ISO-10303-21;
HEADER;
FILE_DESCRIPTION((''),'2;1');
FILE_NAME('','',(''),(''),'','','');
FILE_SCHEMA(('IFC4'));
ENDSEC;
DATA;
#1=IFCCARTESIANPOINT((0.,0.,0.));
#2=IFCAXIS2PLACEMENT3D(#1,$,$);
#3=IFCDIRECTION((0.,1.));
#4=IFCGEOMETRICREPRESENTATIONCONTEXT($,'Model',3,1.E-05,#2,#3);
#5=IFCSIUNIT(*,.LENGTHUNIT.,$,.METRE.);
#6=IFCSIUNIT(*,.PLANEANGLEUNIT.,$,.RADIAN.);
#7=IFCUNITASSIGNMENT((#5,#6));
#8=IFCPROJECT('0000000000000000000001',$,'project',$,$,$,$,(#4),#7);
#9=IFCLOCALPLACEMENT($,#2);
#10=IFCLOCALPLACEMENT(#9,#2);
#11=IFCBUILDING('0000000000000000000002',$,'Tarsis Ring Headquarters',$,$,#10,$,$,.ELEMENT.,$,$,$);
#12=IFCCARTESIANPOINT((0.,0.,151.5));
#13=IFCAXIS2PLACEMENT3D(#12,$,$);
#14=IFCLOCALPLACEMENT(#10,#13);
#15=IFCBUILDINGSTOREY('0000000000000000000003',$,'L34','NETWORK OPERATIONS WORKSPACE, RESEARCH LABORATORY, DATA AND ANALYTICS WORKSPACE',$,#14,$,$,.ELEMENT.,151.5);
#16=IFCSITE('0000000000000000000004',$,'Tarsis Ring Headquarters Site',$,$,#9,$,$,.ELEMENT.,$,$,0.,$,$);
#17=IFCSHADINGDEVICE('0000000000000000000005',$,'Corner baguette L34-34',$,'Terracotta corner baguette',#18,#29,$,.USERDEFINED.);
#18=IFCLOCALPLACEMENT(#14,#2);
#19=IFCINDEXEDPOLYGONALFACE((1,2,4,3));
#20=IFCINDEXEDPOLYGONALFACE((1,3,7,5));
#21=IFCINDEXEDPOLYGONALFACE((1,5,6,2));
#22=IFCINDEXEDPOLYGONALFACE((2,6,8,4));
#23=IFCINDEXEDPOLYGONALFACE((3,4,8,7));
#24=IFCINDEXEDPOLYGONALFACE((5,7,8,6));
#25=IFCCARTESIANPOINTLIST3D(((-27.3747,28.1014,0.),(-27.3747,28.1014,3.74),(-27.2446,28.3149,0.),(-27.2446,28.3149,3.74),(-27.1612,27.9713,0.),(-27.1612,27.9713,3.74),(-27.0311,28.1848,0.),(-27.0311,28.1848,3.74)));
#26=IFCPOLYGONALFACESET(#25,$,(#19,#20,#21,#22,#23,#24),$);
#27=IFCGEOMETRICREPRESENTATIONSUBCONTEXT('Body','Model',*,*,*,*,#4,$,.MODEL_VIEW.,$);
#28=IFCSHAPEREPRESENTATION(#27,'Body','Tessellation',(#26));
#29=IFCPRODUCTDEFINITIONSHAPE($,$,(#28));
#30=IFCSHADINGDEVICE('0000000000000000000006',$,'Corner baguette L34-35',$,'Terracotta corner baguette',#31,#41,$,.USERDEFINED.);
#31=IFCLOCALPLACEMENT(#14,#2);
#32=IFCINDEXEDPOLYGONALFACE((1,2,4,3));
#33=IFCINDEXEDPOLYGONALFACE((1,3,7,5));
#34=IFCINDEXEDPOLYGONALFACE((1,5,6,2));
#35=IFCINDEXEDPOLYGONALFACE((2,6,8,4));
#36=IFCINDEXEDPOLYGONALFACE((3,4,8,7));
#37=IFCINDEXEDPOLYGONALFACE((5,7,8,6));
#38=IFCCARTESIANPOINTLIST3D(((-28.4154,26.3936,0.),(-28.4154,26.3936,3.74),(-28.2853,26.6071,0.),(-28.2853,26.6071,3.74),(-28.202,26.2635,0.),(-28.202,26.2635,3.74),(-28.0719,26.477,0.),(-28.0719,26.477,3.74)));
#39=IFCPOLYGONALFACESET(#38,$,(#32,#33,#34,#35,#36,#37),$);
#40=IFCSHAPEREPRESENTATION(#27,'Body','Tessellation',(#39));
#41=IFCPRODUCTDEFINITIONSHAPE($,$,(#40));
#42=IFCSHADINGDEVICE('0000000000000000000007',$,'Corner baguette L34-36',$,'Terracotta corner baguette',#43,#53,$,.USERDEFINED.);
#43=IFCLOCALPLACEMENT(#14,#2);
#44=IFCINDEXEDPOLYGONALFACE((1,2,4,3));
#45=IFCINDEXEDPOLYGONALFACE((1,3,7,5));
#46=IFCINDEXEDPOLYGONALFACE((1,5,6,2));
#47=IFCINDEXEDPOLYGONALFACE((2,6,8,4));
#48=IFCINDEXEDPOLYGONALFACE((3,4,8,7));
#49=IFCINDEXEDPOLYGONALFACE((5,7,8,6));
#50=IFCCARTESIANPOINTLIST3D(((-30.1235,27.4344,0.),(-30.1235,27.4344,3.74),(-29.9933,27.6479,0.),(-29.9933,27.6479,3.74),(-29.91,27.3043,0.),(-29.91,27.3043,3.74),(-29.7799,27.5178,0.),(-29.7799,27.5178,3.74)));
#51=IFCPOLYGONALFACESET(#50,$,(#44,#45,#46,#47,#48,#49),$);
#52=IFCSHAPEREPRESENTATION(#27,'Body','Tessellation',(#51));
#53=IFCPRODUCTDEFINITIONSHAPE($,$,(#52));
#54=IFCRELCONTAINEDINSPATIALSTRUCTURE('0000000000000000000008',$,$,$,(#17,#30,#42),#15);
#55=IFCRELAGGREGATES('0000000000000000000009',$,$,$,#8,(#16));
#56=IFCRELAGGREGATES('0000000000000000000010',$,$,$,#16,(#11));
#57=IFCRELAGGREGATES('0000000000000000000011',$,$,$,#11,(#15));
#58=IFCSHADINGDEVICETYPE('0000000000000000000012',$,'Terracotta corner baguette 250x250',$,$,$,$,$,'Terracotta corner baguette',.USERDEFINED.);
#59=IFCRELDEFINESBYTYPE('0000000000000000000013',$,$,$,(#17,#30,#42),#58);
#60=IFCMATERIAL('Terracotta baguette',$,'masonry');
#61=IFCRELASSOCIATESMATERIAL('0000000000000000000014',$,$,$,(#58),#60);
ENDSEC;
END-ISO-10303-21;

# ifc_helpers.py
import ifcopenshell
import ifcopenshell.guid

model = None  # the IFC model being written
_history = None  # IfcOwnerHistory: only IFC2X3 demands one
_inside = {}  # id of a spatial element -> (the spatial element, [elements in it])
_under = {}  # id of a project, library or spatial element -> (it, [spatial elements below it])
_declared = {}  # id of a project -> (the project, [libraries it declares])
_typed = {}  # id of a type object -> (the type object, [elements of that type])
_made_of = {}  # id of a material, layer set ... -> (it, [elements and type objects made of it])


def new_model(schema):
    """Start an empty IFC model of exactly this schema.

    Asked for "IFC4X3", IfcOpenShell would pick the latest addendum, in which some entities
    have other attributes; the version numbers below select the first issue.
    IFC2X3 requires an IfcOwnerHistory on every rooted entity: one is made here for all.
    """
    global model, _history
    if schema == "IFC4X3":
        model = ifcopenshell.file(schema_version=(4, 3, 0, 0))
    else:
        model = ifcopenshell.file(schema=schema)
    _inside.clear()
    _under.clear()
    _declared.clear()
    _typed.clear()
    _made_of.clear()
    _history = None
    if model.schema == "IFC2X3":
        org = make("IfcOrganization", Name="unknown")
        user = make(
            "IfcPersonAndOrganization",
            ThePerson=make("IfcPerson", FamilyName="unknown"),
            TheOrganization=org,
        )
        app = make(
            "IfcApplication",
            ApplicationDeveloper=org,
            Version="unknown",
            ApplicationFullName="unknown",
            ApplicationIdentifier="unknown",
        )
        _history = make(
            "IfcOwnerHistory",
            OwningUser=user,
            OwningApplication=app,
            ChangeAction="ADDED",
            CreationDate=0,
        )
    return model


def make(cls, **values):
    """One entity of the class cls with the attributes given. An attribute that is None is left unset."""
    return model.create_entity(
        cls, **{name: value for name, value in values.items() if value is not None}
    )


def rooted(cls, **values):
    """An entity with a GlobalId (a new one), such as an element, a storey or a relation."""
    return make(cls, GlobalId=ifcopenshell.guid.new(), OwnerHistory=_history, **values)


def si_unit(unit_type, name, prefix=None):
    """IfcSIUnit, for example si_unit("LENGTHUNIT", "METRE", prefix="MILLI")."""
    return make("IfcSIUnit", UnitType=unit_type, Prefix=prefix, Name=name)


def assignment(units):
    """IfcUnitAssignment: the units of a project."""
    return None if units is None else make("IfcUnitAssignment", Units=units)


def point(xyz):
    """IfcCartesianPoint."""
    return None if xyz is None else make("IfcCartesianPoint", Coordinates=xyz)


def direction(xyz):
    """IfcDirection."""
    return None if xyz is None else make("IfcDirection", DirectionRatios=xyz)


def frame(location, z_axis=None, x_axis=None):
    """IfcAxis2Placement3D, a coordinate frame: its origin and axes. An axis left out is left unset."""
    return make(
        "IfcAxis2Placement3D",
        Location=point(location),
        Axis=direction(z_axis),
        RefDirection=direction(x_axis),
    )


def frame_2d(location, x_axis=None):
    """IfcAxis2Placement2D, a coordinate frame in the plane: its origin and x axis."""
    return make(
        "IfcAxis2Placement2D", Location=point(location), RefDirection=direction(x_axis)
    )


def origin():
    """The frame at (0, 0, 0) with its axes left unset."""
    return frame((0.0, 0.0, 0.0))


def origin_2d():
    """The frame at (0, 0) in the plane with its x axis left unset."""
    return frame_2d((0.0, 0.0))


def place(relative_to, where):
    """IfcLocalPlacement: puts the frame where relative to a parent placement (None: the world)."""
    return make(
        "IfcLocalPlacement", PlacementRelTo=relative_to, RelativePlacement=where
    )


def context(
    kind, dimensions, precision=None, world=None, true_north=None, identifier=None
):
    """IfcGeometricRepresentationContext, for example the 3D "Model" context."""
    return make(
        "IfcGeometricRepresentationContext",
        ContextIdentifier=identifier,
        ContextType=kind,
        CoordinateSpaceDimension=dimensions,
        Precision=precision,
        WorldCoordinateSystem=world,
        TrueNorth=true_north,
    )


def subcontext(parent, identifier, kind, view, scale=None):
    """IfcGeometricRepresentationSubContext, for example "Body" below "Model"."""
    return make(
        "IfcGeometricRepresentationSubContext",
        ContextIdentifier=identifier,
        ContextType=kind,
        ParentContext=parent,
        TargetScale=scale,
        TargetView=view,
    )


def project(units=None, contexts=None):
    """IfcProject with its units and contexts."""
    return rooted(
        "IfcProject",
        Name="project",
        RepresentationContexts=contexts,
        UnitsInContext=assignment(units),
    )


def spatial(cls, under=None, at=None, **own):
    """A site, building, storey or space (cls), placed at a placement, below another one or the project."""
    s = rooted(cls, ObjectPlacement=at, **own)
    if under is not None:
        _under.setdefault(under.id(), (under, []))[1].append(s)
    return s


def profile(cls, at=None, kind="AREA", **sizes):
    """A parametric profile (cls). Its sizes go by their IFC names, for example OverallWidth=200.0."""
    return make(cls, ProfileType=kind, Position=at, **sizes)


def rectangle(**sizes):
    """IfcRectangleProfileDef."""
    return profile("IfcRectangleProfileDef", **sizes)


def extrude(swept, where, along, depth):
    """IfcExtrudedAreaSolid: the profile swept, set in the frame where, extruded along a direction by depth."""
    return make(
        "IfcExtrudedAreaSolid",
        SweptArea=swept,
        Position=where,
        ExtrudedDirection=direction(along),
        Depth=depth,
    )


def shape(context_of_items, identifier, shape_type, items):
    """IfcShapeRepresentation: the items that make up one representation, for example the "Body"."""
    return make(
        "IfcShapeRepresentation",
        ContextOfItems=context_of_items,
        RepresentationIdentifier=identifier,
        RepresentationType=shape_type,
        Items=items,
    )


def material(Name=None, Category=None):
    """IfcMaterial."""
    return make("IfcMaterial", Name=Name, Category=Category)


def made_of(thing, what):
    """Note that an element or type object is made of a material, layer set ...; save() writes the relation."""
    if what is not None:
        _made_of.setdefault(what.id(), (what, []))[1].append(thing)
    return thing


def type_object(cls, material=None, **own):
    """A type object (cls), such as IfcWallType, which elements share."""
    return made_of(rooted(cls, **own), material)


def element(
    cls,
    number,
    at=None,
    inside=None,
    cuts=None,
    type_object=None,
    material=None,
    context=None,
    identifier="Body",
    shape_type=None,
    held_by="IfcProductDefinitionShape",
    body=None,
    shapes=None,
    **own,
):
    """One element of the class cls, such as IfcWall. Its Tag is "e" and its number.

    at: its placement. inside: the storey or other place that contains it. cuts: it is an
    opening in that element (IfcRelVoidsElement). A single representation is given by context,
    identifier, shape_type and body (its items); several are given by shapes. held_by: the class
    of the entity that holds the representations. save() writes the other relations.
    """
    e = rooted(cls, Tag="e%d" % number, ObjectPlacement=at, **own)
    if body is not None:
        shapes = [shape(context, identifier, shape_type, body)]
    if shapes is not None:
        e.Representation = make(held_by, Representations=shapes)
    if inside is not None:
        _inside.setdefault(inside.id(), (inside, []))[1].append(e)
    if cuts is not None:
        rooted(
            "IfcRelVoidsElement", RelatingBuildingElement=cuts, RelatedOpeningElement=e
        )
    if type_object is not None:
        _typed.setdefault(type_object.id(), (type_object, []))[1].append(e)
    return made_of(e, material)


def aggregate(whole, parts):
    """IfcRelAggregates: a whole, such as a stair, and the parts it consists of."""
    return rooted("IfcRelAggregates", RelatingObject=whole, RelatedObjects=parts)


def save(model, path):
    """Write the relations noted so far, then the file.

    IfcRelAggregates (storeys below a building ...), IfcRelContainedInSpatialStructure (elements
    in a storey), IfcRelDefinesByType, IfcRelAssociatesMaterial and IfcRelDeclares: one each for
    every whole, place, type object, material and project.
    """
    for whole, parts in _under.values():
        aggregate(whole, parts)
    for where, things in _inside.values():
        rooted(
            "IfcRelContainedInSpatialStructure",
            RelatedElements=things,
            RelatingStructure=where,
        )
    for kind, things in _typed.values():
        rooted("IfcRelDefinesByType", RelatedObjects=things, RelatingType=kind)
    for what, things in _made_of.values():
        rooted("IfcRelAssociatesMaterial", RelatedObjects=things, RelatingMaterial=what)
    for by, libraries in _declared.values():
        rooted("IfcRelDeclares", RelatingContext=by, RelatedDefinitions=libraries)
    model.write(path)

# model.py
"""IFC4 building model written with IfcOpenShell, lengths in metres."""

from ifc_helpers import new_model, si_unit, direction, frame, origin, origin_2d, place, context, subcontext, project, spatial, rectangle, extrude, material, type_object, element, save


model = new_model("IFC4")

# Units and contexts
model_context = context("Model", 3, precision=1e-05, world=origin(), true_north=direction((0.0, 1.0)))
body_context = subcontext(model_context, "Body", "Model", "MODEL_VIEW")
ifc_project = project(units=[si_unit("LENGTHUNIT", "METRE"), si_unit("PLANEANGLEUNIT", "RADIAN")], contexts=[model_context])

# Site, building, storey
site_placement = place(None, origin())
site = spatial("IfcSite", under=ifc_project, at=site_placement, Name="Tarsis Ring Headquarters Site", CompositionType="ELEMENT", RefElevation=0.0)
building_placement = place(site_placement, origin())
building = spatial("IfcBuilding", under=site, at=building_placement, Name="Tarsis Ring Headquarters", CompositionType="ELEMENT")
storey_placement = place(building_placement, frame((0.0, 0.0, 151.5)))
storey = spatial("IfcBuildingStorey", under=building, at=storey_placement, Name="L34", Description="NETWORK OPERATIONS WORKSPACE, RESEARCH LABORATORY, DATA AND ANALYTICS WORKSPACE", CompositionType="ELEMENT", Elevation=151.5)

# Shading devices
ifc_material_1 = material(Name="Terracotta baguette", Category="masonry")
shading_device_type_1 = type_object("IfcShadingDeviceType", Name="Terracotta corner baguette 250x250", ElementType="Terracotta corner baguette", PredefinedType="USERDEFINED", material=ifc_material_1)
for number, where, z_axis, x_axis, name in (
    (1, (-27.2029, 28.1431, 0.0), (0.0, 0.0, 1.0), (-0.853914, 0.520414, 0.0), "Corner baguette L34-34"),
    (2, (-28.2437, 26.4353, 0.0), (0.0, 0.0, 1.0), (-0.520414, -0.853914, 0.0), "Corner baguette L34-35"),
    (3, (-29.9517, 27.4761, 0.0), (0.0, 0.0, 1.0), (-0.853914, 0.520413, 0.0), "Corner baguette L34-36"),
):
    element("IfcShadingDevice", number, at=place(storey_placement, frame(where, z_axis=z_axis, x_axis=x_axis)), inside=storey, type_object=shading_device_type_1, Name=name, ObjectType="Terracotta corner baguette", PredefinedType="USERDEFINED", context=body_context, shape_type="SweptSolid", body=[
        extrude(rectangle(XDim=0.25, YDim=0.25, at=origin_2d()), origin(), (0.0, 0.0, 1.0), 3.74),
    ])

save(model, "model.ifc")
